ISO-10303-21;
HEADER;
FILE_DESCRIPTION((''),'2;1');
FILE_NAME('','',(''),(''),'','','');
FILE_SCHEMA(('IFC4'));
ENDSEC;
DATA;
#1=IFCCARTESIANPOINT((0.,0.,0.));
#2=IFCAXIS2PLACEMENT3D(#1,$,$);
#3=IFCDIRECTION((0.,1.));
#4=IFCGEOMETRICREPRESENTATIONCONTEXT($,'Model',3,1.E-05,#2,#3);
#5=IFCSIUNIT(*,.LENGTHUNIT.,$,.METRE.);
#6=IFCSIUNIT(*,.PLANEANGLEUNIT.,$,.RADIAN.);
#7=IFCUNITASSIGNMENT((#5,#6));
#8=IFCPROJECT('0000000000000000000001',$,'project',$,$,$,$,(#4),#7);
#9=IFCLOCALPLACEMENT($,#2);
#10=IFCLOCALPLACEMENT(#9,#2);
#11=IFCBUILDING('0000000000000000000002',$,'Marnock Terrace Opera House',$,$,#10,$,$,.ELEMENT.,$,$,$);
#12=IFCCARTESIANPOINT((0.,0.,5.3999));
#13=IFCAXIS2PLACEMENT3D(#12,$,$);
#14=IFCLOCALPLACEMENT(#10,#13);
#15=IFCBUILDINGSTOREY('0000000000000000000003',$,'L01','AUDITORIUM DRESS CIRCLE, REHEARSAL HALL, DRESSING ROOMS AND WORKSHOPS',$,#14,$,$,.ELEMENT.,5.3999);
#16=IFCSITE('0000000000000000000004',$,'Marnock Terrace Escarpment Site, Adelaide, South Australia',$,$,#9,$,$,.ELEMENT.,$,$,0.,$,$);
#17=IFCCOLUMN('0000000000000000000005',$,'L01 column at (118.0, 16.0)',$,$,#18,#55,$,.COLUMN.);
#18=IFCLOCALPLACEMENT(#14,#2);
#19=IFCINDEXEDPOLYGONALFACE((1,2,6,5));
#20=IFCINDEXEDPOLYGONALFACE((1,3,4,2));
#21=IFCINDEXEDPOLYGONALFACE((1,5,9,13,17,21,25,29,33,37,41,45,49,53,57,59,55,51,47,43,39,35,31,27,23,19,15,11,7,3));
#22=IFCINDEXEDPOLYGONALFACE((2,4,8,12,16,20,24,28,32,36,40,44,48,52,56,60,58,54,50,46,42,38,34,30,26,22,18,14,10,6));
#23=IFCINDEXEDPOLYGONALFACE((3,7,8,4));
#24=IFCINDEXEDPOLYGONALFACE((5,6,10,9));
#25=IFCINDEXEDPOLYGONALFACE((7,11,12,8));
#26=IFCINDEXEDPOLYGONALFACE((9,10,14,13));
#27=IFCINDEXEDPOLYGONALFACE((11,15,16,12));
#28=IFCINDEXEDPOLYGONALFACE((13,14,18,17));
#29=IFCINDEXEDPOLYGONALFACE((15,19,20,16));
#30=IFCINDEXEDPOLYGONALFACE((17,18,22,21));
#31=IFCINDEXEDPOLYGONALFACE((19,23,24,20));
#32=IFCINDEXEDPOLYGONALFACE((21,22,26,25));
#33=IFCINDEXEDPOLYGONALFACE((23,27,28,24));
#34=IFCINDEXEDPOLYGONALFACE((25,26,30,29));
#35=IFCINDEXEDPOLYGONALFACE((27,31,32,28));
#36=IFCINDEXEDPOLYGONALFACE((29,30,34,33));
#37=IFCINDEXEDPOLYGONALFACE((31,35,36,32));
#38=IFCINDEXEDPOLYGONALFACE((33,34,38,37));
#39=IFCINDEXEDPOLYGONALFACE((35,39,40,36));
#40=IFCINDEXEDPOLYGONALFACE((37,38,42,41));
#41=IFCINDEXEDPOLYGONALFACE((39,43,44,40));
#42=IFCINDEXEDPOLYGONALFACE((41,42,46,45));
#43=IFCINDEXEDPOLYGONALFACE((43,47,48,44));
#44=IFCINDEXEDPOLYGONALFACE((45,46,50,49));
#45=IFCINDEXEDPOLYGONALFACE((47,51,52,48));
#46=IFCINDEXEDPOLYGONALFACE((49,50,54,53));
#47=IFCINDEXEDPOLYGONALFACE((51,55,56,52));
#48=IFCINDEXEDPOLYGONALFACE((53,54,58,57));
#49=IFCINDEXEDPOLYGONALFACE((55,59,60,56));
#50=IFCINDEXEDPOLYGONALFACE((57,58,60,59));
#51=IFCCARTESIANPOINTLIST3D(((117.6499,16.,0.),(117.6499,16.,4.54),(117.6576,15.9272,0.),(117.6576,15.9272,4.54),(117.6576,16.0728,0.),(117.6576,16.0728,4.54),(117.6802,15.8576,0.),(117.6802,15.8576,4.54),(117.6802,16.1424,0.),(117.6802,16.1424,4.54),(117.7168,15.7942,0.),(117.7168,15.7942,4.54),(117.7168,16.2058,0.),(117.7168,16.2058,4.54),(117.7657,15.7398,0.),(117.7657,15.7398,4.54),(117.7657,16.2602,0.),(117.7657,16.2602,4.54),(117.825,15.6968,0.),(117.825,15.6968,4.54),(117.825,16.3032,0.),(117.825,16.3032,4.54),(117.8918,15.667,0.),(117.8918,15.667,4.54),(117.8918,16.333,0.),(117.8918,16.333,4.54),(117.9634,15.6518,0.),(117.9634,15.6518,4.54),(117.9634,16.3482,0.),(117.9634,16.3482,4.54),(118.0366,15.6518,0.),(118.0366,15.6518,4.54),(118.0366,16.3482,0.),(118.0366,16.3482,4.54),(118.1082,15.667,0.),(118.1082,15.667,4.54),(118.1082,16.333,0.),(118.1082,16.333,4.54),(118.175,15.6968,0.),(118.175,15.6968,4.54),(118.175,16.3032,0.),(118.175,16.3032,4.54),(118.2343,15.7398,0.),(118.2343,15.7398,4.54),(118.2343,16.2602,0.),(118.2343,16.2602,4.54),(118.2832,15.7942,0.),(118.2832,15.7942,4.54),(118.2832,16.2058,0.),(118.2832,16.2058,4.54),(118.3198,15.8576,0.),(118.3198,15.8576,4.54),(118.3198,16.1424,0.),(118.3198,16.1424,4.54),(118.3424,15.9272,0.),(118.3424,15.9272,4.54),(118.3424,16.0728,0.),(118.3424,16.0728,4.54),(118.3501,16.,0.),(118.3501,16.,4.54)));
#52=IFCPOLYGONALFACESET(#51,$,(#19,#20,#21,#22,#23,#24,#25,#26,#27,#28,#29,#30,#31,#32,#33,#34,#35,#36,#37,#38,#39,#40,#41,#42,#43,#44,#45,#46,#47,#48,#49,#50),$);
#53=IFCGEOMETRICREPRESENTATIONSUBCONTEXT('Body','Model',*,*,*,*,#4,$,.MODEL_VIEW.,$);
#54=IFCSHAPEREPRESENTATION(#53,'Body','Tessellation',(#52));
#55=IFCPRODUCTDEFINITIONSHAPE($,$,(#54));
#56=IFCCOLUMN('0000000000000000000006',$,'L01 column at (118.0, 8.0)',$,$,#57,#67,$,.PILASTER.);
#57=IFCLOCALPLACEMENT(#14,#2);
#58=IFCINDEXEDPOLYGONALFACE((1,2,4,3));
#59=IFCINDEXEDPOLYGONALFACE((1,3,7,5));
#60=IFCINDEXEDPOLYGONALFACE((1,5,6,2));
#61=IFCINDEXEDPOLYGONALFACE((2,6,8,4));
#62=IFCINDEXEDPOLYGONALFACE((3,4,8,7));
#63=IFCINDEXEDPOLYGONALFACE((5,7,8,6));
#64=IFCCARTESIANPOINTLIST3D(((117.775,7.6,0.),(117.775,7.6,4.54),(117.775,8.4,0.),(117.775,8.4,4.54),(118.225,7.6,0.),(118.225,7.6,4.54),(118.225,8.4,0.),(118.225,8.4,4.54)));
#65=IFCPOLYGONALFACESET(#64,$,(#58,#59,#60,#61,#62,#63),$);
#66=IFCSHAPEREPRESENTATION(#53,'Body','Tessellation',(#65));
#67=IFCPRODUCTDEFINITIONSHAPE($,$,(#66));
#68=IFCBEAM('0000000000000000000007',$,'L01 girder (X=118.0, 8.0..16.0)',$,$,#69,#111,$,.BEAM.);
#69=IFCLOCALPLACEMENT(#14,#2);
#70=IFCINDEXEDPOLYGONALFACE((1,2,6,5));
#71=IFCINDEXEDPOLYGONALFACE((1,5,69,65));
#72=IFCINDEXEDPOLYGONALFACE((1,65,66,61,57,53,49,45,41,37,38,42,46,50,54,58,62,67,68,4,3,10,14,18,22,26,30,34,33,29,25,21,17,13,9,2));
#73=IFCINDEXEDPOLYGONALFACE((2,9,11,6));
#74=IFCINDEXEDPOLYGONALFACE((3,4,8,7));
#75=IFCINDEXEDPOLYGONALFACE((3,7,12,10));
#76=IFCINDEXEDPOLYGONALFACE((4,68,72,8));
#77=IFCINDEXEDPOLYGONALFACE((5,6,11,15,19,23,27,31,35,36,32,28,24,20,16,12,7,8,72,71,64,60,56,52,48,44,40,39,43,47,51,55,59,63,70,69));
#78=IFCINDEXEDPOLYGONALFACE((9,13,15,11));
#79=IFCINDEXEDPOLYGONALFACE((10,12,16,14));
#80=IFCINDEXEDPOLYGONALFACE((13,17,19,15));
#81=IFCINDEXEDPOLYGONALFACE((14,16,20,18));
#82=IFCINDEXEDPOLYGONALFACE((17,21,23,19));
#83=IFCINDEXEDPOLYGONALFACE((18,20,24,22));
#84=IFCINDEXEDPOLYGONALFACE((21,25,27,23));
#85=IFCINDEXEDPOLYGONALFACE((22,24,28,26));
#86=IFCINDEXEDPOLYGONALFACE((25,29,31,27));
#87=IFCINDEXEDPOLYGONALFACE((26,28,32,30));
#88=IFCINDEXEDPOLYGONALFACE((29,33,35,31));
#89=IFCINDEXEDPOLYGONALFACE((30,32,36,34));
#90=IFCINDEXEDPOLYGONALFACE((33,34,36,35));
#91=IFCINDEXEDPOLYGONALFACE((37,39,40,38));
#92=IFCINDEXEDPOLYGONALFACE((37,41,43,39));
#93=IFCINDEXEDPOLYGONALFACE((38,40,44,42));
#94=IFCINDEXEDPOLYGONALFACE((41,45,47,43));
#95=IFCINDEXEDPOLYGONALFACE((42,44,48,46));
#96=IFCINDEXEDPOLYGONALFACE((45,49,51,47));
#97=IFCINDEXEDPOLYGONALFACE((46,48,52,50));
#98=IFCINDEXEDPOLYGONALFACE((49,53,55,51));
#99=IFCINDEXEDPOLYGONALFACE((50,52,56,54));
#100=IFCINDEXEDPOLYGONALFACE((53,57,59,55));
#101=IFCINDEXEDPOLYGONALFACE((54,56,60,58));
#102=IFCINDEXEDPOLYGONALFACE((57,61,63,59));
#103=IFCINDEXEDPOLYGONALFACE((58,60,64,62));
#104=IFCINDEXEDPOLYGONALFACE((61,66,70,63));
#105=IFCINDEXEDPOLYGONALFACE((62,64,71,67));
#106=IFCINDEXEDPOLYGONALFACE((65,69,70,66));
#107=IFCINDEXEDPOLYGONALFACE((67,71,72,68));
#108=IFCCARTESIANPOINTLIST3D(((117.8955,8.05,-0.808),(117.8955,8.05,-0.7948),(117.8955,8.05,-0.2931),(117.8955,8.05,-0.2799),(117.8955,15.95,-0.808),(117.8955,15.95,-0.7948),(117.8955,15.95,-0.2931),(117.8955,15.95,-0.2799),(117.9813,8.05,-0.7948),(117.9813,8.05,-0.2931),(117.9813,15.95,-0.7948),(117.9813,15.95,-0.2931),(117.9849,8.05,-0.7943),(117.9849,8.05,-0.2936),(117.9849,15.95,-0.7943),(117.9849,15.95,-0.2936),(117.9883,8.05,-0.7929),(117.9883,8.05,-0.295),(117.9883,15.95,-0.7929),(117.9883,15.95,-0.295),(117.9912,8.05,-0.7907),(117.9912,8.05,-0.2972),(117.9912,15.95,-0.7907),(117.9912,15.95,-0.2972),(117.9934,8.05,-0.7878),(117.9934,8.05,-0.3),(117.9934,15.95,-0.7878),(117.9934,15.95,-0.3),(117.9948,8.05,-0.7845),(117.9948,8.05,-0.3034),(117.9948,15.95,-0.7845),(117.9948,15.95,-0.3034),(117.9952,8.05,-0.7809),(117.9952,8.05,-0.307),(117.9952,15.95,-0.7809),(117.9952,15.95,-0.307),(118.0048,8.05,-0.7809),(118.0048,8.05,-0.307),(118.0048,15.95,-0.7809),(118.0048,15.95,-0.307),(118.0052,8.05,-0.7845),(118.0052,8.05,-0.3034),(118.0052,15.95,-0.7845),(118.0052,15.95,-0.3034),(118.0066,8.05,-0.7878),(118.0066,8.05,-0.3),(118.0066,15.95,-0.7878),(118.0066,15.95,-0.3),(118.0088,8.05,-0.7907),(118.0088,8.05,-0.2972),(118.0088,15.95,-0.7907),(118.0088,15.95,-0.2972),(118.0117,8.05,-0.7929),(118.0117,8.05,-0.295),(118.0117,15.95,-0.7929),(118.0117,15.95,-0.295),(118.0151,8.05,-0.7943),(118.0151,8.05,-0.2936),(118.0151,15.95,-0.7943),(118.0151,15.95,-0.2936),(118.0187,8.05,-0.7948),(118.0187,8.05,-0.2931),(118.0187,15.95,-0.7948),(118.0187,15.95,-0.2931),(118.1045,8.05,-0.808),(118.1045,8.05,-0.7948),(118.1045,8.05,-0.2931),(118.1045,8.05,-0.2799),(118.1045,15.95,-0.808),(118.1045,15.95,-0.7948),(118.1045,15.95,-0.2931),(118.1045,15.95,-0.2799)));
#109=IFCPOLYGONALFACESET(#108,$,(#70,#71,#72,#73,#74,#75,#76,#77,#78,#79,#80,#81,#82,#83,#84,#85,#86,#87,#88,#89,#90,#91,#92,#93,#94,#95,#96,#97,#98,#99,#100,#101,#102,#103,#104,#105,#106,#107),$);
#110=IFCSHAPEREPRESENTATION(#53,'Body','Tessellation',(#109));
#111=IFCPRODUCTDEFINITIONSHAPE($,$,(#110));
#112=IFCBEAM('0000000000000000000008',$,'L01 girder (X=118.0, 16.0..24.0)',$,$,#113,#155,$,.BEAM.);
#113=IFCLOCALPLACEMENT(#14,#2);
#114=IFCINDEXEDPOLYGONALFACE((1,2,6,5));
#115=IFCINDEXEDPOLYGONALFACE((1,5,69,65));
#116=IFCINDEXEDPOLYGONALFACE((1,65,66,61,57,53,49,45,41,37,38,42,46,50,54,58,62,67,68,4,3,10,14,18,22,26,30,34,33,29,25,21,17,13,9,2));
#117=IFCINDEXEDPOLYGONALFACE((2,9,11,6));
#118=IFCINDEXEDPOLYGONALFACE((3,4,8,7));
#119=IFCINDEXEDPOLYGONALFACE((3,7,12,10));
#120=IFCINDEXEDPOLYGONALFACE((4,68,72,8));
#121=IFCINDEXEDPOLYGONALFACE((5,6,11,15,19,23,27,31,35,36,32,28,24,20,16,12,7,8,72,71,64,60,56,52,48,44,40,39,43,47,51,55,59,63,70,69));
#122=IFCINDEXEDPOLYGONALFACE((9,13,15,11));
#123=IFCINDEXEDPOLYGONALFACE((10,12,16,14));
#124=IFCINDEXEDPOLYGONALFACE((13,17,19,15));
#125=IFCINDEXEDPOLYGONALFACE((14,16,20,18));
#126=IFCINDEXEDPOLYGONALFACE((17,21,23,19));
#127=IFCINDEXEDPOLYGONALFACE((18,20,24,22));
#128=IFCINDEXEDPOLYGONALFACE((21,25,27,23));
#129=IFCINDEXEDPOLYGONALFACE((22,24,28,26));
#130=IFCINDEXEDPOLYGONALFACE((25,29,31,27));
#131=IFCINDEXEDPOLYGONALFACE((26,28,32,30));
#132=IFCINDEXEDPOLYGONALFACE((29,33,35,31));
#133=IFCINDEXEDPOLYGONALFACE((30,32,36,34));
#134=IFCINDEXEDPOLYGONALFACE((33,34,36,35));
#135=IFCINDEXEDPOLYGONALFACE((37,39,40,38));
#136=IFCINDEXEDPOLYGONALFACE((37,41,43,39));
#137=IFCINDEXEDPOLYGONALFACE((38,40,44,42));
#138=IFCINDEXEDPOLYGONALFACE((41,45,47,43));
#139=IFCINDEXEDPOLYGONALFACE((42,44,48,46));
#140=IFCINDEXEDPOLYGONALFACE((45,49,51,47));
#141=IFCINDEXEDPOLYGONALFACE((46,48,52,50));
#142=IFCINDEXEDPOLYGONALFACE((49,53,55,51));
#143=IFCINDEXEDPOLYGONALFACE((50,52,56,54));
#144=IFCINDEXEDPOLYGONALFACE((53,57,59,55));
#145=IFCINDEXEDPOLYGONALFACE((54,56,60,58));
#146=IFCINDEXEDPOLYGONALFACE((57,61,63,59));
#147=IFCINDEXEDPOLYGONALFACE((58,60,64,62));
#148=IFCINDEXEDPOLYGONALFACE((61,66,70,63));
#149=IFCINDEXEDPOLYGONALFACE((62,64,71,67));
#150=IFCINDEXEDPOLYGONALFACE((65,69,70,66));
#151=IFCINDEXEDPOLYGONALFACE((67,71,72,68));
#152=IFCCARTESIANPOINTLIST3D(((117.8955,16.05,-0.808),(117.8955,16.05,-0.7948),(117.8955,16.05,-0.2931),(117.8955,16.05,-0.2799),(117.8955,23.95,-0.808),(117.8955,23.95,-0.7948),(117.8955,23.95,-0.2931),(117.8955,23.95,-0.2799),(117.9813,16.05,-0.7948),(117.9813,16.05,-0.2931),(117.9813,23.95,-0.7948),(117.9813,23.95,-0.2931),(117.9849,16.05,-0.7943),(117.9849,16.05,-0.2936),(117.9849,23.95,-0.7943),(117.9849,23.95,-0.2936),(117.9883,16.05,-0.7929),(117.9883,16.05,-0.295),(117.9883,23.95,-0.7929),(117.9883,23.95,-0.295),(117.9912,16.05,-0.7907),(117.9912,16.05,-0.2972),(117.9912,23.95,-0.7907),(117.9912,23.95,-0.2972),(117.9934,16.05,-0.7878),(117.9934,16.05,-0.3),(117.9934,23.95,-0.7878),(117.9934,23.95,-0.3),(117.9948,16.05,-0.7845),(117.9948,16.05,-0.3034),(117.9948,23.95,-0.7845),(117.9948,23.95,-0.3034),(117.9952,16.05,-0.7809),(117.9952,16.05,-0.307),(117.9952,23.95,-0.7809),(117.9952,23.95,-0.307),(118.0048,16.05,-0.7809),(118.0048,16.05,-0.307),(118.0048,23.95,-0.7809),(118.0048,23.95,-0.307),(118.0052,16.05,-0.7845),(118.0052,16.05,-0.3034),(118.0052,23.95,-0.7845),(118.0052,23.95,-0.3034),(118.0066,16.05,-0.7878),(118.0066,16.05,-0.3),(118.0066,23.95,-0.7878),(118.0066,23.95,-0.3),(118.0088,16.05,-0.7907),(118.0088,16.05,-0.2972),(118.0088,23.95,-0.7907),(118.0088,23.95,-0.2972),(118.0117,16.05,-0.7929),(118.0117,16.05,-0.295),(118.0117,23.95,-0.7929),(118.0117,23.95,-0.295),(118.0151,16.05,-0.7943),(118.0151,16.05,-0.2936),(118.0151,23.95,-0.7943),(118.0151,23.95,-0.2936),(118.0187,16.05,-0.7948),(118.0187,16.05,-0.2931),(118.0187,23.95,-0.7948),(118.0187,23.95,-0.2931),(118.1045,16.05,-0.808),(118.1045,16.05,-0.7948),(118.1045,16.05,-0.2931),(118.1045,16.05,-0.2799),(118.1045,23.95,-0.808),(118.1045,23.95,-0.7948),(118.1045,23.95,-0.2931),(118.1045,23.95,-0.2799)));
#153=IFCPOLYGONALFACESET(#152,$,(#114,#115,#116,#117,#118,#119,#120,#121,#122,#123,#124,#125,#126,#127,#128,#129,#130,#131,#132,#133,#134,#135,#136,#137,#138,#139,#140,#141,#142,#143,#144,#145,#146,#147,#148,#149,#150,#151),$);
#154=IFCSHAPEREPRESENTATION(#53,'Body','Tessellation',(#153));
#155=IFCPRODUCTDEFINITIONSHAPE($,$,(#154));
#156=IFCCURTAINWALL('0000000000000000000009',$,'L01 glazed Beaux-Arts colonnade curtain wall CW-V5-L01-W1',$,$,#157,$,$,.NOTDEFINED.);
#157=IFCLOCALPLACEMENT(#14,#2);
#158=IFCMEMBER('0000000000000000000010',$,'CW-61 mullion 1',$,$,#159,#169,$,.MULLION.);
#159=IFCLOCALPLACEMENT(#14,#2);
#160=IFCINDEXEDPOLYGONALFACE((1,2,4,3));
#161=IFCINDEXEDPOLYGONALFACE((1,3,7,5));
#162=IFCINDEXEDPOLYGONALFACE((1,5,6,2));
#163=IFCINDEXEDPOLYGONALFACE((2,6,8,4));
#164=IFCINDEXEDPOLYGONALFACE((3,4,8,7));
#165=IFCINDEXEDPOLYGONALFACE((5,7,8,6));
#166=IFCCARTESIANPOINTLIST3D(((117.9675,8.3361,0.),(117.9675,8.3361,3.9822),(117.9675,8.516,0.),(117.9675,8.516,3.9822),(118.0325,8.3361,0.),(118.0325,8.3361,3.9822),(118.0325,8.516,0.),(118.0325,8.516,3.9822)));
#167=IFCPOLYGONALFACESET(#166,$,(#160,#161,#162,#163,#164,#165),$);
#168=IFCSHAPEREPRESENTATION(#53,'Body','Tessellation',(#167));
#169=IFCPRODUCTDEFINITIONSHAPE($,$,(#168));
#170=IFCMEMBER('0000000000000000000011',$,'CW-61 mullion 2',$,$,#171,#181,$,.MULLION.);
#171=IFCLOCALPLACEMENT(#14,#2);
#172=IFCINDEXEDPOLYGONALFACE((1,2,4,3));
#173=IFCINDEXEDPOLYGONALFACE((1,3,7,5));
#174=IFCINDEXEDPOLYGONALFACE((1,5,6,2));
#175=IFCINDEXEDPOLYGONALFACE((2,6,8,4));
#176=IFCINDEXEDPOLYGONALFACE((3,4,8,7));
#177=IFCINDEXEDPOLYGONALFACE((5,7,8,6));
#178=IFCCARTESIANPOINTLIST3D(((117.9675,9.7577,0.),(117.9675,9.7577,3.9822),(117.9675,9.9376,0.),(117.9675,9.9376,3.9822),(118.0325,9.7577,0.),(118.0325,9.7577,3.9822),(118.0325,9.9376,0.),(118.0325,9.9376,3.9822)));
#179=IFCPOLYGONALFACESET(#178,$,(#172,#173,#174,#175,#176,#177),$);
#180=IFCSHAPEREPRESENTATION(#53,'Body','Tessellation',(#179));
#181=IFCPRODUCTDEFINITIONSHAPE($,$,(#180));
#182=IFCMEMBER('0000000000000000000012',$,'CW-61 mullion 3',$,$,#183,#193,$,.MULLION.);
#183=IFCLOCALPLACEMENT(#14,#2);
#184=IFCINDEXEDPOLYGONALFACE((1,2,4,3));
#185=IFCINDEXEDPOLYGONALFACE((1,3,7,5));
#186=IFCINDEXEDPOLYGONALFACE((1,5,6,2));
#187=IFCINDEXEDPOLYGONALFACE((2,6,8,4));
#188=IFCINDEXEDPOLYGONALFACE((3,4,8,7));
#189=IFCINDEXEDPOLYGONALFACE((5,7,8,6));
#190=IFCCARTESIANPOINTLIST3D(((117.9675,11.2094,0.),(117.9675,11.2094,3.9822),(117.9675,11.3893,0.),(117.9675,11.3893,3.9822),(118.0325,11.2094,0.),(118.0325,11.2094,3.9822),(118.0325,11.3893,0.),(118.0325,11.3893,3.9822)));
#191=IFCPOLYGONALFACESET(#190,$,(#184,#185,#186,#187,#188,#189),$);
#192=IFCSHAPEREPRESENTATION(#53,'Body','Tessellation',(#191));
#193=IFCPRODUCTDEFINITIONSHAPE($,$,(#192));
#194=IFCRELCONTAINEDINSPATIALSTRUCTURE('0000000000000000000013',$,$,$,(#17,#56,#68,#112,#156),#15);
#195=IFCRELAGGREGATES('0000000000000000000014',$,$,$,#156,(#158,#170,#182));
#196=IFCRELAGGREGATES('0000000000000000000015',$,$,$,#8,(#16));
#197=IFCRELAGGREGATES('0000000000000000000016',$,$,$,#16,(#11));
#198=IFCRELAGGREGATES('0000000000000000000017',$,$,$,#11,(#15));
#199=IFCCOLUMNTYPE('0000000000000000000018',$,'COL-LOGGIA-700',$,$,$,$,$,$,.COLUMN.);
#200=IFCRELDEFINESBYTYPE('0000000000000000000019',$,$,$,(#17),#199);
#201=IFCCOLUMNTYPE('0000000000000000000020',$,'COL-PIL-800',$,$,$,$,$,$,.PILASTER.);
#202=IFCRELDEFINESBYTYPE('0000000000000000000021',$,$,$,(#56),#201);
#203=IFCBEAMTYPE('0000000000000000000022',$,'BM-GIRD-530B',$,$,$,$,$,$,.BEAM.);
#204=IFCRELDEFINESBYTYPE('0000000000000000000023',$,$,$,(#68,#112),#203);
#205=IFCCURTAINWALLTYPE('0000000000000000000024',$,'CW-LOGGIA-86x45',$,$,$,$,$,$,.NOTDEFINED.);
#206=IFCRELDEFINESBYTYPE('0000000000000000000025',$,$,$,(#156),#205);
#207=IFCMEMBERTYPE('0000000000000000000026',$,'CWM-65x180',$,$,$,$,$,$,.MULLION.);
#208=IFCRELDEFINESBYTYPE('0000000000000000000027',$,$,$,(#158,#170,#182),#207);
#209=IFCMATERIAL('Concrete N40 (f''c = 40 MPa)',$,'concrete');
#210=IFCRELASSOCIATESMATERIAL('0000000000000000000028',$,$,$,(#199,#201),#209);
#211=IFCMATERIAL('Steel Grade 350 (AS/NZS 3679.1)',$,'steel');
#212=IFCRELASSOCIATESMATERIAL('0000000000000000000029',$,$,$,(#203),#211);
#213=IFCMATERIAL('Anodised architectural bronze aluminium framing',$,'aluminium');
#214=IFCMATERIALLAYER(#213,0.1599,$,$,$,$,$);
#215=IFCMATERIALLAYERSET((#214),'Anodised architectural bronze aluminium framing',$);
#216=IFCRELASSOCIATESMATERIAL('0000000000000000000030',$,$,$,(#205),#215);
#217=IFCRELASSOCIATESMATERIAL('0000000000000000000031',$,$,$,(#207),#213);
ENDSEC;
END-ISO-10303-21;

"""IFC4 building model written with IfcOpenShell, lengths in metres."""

from ifc_helpers import new_model, si_unit, direction, frame, origin, origin_2d, place, context, subcontext, project, spatial, rectangle, circle, i_section, extrude, material, layer, layer_set, material_profile, profile_set, type_object, element, aggregate, save


model = new_model("IFC4")

# Units and contexts
model_context = context("Model", 3, precision=1e-05, world=origin(), true_north=direction((0.0, 1.0)))
body_context = subcontext(model_context, "Body", "Model", "MODEL_VIEW")
ifc_project = project(units=[si_unit("LENGTHUNIT", "METRE"), si_unit("PLANEANGLEUNIT", "RADIAN")], contexts=[model_context])

# Site, building, storey
site_placement = place(None, origin())
site = spatial("IfcSite", under=ifc_project, at=site_placement, Name="Marnock Terrace Escarpment Site, Adelaide, South Australia", CompositionType="ELEMENT", RefElevation=0.0)
building_placement = place(site_placement, origin())
building = spatial("IfcBuilding", under=site, at=building_placement, Name="Marnock Terrace Opera House", CompositionType="ELEMENT")
storey_placement = place(building_placement, frame((0.0, 0.0, 5.3999)))
storey = spatial("IfcBuildingStorey", under=building, at=storey_placement, Name="L01", Description="AUDITORIUM DRESS CIRCLE, REHEARSAL HALL, DRESSING ROOMS AND WORKSHOPS", CompositionType="ELEMENT", Elevation=5.3999)

# Columns
ifc_material_1 = material(Name="Concrete N40 (f'c = 40 MPa)", Category="concrete")
ifc_material_profile_1 = material_profile(ifc_material_1, circle(Radius=0.3501, at=origin_2d()))
ifc_profile_set_1 = profile_set([ifc_material_profile_1], Name="Concrete N40 (f'c = 40 MPa)")
column_type_1 = type_object("IfcColumnType", Name="COL-LOGGIA-700", PredefinedType="COLUMN", material=ifc_profile_set_1)
column_1_placement = place(storey_placement, frame((118.0, 16.0, 0.0), z_axis=(0.0, 0.0, 1.0), x_axis=(1.0, 0.0, 0.0)))
element("IfcColumn", 1, at=column_1_placement, inside=storey, type_object=column_type_1, Name="L01 column at (118.0, 16.0)", PredefinedType="COLUMN", context=body_context, shape_type="SweptSolid", body=[
    extrude(circle(Radius=0.3501, at=origin_2d()), origin(), (0.0, 0.0, 1.0), 4.54),
])
ifc_material_profile_2 = material_profile(ifc_material_1, rectangle(XDim=0.45, YDim=0.8, at=origin_2d()))
ifc_profile_set_2 = profile_set([ifc_material_profile_2], Name="Concrete N40 (f'c = 40 MPa)")
column_type_2 = type_object("IfcColumnType", Name="COL-PIL-800", PredefinedType="PILASTER", material=ifc_profile_set_2)
column_2_placement = place(storey_placement, frame((118.0, 8.0, 0.0), z_axis=(0.0, 0.0, 1.0), x_axis=(1.0, 0.0, 0.0)))
element("IfcColumn", 2, at=column_2_placement, inside=storey, type_object=column_type_2, Name="L01 column at (118.0, 8.0)", PredefinedType="PILASTER", context=body_context, shape_type="SweptSolid", body=[
    extrude(rectangle(XDim=0.45, YDim=0.8, at=origin_2d()), origin(), (0.0, 0.0, 1.0), 4.54),
])

# Beams
ifc_material_2 = material(Name="Steel Grade 350 (AS/NZS 3679.1)", Category="steel")
ifc_material_profile_3 = material_profile(ifc_material_2, i_section(OverallWidth=0.209, OverallDepth=0.5281, WebThickness=0.0095, FlangeThickness=0.0132, FilletRadius=0.0139, at=origin_2d()))
ifc_profile_set_3 = profile_set([ifc_material_profile_3], Name="Steel Grade 350 (AS/NZS 3679.1)")
beam_type = type_object("IfcBeamType", Name="BM-GIRD-530B", PredefinedType="BEAM", material=ifc_profile_set_3)
for number, where, z_axis, x_axis, name in (
    (3, (118.0, 8.05, -0.5439), (0.0, 1.0, 0.0), (-1.0, 0.0, 0.0), "L01 girder (X=118.0, 8.0..16.0)"),
    (4, (118.0, 16.05, -0.5439), (0.0, 1.0, 0.0), (-1.0, 0.0, 0.0), "L01 girder (X=118.0, 16.0..24.0)"),
):
    element("IfcBeam", number, at=place(storey_placement, frame(where, z_axis=z_axis, x_axis=x_axis)), inside=storey, type_object=beam_type, Name=name, PredefinedType="BEAM", context=body_context, shape_type="SweptSolid", body=[
        extrude(i_section(OverallWidth=0.209, OverallDepth=0.5281, WebThickness=0.0095, FlangeThickness=0.0132, FilletRadius=0.0139, at=origin_2d()), origin(), (0.0, 0.0, 1.0), 7.8999),
    ])

# Curtain wall, members
ifc_material_3 = material(Name="Anodised architectural bronze aluminium framing", Category="aluminium")
ifc_layer_1 = layer(ifc_material_3, 0.1599)
ifc_layer_set_1 = layer_set([ifc_layer_1], Name="Anodised architectural bronze aluminium framing")
curtain_wall_type = type_object("IfcCurtainWallType", Name="CW-LOGGIA-86x45", PredefinedType="NOTDEFINED", material=ifc_layer_set_1)
curtain_wall_1_placement = place(storey_placement, origin())
curtain_wall_1 = element("IfcCurtainWall", 5, at=curtain_wall_1_placement, inside=storey, type_object=curtain_wall_type, Name="L01 glazed Beaux-Arts colonnade curtain wall CW-V5-L01-W1", PredefinedType="NOTDEFINED")
ifc_material_profile_4 = material_profile(ifc_material_3, rectangle(XDim=0.0649, YDim=0.1799, at=origin_2d()))
ifc_profile_set_4 = profile_set([ifc_material_profile_4], Name="Anodised architectural bronze aluminium framing")
member_type_1 = type_object("IfcMemberType", Name="CWM-65x180", PredefinedType="MULLION", material=ifc_profile_set_4)
member_1_placement = place(storey_placement, frame((118.0, 8.426, 0.0), z_axis=(0.0, 0.0, 1.0), x_axis=(-1.0, 0.0, 0.0)))
member_1 = element("IfcMember", 6, at=member_1_placement, type_object=member_type_1, Name="CW-61 mullion 1", PredefinedType="MULLION", context=body_context, shape_type="SweptSolid", body=[
    extrude(rectangle(XDim=0.0649, YDim=0.1799, at=origin_2d()), origin(), (0.0, 0.0, 1.0), 3.9822),
])
member_2_placement = place(storey_placement, frame((118.0, 9.8477, 0.0), z_axis=(0.0, 0.0, 1.0), x_axis=(-1.0, 0.0, 0.0)))
member_2 = element("IfcMember", 7, at=member_2_placement, type_object=member_type_1, Name="CW-61 mullion 2", PredefinedType="MULLION", context=body_context, shape_type="SweptSolid", body=[
    extrude(rectangle(XDim=0.0649, YDim=0.1799, at=origin_2d()), origin(), (0.0, 0.0, 1.0), 3.9822),
])
member_3_placement = place(storey_placement, frame((118.0, 11.2993, 0.0), z_axis=(0.0, 0.0, 1.0), x_axis=(-1.0, 0.0, 0.0)))
member_3 = element("IfcMember", 8, at=member_3_placement, type_object=member_type_1, Name="CW-61 mullion 3", PredefinedType="MULLION", context=body_context, shape_type="SweptSolid", body=[
    extrude(rectangle(XDim=0.0649, YDim=0.1799, at=origin_2d()), origin(), (0.0, 0.0, 1.0), 3.9822),
])

aggregate(curtain_wall_1, [member_1, member_2, member_3])

save(model, "model.ifc")
